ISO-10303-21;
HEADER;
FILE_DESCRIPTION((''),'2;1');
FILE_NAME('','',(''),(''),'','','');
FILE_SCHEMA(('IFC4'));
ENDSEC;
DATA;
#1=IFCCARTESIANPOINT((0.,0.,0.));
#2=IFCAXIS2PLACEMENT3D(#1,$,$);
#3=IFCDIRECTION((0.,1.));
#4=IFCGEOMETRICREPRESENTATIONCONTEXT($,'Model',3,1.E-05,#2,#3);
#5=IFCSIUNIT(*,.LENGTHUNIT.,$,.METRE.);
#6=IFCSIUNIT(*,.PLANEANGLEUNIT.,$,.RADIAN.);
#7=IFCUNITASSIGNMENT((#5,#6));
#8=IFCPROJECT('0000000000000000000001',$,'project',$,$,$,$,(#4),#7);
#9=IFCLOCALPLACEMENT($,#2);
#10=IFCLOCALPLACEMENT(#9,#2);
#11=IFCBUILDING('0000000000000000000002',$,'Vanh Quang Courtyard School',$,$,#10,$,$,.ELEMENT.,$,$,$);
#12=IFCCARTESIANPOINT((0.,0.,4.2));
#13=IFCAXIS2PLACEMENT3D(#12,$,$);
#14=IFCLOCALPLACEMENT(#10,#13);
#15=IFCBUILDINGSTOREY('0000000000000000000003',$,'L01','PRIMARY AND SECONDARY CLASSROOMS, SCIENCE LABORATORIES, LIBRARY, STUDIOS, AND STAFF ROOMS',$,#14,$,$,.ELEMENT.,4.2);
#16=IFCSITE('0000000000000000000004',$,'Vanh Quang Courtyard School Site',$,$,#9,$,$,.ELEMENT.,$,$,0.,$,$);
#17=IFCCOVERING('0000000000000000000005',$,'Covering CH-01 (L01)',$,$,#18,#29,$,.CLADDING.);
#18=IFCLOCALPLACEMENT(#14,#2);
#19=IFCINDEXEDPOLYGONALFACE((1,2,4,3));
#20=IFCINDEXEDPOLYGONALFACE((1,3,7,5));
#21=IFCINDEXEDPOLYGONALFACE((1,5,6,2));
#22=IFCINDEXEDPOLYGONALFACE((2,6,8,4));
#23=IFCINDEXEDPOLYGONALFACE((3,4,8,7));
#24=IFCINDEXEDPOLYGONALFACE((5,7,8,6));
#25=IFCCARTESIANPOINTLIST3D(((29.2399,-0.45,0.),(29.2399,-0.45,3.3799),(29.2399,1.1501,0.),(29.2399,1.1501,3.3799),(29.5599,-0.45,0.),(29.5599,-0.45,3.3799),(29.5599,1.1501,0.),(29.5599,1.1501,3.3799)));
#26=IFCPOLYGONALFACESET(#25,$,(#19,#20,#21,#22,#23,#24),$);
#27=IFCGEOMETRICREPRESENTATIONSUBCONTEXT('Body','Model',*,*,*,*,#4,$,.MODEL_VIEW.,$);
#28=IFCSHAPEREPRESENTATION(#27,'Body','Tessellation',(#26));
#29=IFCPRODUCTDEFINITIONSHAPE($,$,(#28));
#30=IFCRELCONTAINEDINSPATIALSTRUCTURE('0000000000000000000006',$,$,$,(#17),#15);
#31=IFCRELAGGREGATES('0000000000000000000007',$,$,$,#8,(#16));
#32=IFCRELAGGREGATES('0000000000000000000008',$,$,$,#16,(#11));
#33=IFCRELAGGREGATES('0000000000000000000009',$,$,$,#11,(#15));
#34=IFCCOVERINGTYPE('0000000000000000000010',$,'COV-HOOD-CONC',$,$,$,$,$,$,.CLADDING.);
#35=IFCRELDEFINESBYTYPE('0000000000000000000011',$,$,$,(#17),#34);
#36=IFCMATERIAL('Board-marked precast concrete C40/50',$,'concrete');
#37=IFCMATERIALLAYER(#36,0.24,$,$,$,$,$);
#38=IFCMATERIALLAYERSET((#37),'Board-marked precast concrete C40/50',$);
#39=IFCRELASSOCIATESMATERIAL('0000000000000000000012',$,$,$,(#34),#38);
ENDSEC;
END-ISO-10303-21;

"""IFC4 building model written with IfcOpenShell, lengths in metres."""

from ifc_helpers import new_model, si_unit, direction, frame, origin, origin_2d, place, context, subcontext, project, spatial, rectangle, extrude, material, layer, layer_set, type_object, element, save


model = new_model("IFC4")

# Units and contexts
model_context = context("Model", 3, precision=1e-05, world=origin(), true_north=direction((0.0, 1.0)))
body_context = subcontext(model_context, "Body", "Model", "MODEL_VIEW")
ifc_project = project(units=[si_unit("LENGTHUNIT", "METRE"), si_unit("PLANEANGLEUNIT", "RADIAN")], contexts=[model_context])

# Site, building, storey
site_placement = place(None, origin())
site = spatial("IfcSite", under=ifc_project, at=site_placement, Name="Vanh Quang Courtyard School Site", CompositionType="ELEMENT", RefElevation=0.0)
building_placement = place(site_placement, origin())
building = spatial("IfcBuilding", under=site, at=building_placement, Name="Vanh Quang Courtyard School", CompositionType="ELEMENT")
storey_placement = place(building_placement, frame((0.0, 0.0, 4.2)))
storey = spatial("IfcBuildingStorey", under=building, at=storey_placement, Name="L01", Description="PRIMARY AND SECONDARY CLASSROOMS, SCIENCE LABORATORIES, LIBRARY, STUDIOS, AND STAFF ROOMS", CompositionType="ELEMENT", Elevation=4.2)

# Covering
ifc_material_1 = material(Name="Board-marked precast concrete C40/50", Category="concrete")
ifc_layer_1 = layer(ifc_material_1, 0.24)
ifc_layer_set_1 = layer_set([ifc_layer_1], Name="Board-marked precast concrete C40/50")
covering_type = type_object("IfcCoveringType", Name="COV-HOOD-CONC", PredefinedType="CLADDING", material=ifc_layer_set_1)
covering_placement = place(storey_placement, frame((29.3999, 0.3501, 0.0), z_axis=(0.0, 0.0, 1.0), x_axis=(0.0, 1.0, 0.0)))
element("IfcCovering", 1, at=covering_placement, inside=storey, type_object=covering_type, Name="Covering CH-01 (L01)", PredefinedType="CLADDING", context=body_context, shape_type="SweptSolid", body=[
    extrude(rectangle(XDim=1.6001, YDim=0.3201, at=origin_2d()), origin(), (0.0, 0.0, 1.0), 3.3799),
])

save(model, "model.ifc")
